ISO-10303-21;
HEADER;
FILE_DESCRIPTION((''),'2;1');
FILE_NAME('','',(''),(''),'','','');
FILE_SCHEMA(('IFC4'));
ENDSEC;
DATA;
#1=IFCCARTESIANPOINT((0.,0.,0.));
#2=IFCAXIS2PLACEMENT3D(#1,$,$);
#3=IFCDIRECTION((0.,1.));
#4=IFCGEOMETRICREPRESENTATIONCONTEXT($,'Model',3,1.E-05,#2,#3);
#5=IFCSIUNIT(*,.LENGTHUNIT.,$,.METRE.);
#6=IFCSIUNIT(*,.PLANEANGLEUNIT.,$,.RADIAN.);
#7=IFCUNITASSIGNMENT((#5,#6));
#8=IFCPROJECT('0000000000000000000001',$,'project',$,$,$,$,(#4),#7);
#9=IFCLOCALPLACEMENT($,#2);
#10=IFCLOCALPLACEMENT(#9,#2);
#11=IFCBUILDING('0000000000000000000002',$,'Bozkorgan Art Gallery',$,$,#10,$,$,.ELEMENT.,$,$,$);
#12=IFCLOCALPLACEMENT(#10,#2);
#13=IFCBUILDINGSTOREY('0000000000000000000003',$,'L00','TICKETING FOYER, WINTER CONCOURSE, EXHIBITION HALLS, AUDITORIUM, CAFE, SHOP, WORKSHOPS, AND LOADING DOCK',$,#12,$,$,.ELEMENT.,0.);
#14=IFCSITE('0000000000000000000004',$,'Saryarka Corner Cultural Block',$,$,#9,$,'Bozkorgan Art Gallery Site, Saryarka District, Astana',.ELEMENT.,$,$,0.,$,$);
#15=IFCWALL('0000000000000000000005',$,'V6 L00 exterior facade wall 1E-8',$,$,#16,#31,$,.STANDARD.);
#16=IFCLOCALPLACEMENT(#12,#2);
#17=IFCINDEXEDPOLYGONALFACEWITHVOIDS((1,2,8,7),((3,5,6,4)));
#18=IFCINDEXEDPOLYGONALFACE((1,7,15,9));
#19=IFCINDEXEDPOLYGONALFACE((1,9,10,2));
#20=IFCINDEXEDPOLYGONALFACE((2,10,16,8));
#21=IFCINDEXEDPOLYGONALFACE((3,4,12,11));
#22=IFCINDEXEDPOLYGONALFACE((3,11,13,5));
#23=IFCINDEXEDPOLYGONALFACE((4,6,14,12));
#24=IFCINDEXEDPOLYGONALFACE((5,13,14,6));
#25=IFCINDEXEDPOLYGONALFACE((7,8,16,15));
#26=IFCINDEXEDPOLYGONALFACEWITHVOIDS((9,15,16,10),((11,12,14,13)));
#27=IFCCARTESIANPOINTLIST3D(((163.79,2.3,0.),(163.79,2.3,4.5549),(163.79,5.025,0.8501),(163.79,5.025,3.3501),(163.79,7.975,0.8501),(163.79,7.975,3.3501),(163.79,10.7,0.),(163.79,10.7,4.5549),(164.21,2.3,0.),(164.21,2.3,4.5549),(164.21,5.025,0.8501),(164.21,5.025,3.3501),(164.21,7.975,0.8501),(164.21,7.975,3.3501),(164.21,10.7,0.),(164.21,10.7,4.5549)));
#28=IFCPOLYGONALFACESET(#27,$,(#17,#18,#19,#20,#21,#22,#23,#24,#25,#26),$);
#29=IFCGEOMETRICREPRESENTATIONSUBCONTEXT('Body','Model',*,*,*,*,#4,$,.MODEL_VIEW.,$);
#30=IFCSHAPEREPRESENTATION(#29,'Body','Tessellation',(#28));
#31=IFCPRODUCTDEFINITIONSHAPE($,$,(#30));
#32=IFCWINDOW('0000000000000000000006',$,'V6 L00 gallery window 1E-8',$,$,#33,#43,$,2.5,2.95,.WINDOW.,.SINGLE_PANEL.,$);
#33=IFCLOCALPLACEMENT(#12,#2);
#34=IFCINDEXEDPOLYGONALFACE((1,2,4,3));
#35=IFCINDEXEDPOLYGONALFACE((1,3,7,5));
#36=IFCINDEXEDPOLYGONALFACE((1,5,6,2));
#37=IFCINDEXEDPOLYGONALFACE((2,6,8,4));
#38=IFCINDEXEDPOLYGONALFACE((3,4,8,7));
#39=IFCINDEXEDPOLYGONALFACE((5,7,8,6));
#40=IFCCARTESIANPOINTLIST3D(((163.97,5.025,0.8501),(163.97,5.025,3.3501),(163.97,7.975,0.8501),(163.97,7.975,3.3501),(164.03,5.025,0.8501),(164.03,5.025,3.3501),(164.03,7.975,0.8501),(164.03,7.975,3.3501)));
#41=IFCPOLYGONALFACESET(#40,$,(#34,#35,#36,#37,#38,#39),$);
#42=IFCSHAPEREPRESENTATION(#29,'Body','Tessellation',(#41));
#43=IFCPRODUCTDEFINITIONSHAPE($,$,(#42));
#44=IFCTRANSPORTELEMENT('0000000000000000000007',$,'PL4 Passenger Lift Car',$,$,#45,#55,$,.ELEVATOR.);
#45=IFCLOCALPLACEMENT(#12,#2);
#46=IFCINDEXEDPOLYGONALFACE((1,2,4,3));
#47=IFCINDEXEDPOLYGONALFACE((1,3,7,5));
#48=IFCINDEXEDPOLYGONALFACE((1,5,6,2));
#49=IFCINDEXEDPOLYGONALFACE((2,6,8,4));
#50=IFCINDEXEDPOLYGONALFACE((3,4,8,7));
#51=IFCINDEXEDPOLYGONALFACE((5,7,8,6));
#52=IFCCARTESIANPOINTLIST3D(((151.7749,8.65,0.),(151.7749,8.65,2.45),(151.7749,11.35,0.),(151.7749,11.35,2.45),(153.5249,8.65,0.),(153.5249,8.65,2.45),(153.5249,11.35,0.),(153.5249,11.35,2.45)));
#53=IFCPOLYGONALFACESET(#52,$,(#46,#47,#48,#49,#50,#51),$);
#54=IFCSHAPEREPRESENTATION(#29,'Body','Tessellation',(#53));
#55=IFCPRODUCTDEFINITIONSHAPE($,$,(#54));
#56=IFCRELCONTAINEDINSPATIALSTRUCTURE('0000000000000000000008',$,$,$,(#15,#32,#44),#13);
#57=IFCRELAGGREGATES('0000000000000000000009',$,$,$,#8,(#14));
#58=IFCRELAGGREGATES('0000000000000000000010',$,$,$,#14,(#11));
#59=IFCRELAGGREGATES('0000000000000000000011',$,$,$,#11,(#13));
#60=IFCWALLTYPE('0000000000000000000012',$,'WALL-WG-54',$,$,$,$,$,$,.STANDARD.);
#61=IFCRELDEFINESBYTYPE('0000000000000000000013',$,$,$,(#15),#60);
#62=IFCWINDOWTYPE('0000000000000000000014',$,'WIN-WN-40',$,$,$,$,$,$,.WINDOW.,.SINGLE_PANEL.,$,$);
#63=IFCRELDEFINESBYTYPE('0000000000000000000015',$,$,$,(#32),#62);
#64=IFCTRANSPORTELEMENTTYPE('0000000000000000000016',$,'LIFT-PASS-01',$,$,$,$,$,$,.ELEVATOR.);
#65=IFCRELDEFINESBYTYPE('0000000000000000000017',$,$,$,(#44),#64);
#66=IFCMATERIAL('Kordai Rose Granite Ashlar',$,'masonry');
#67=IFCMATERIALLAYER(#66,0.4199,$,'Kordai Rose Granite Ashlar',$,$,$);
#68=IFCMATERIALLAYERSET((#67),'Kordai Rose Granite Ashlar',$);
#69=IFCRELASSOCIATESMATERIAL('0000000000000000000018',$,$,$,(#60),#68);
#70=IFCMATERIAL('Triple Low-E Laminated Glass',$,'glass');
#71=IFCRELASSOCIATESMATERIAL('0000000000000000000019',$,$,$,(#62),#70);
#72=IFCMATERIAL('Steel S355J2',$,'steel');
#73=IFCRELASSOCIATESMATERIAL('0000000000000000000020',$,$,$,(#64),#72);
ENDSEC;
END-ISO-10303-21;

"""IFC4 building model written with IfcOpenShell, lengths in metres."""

from ifc_helpers import new_model, si_unit, direction, frame, frame_2d, origin, origin_2d, place, context, subcontext, project, spatial, rectangle, extrude, material, layer, layer_set, type_object, element, fill, save


model = new_model("IFC4")

# Units and contexts
model_context = context("Model", 3, precision=1e-05, world=origin(), true_north=direction((0.0, 1.0)))
body_context = subcontext(model_context, "Body", "Model", "MODEL_VIEW")
ifc_project = project(units=[si_unit("LENGTHUNIT", "METRE"), si_unit("PLANEANGLEUNIT", "RADIAN")], contexts=[model_context])

# Site, building, storey
site_placement = place(None, origin())
site = spatial("IfcSite", under=ifc_project, at=site_placement, Name="Saryarka Corner Cultural Block", LongName="Bozkorgan Art Gallery Site, Saryarka District, Astana", CompositionType="ELEMENT", RefElevation=0.0)
building_placement = place(site_placement, origin())
building = spatial("IfcBuilding", under=site, at=building_placement, Name="Bozkorgan Art Gallery", CompositionType="ELEMENT")
storey_placement = place(building_placement, origin())
storey = spatial("IfcBuildingStorey", under=building, at=storey_placement, Name="L00", Description="TICKETING FOYER, WINTER CONCOURSE, EXHIBITION HALLS, AUDITORIUM, CAFE, SHOP, WORKSHOPS, AND LOADING DOCK", CompositionType="ELEMENT", Elevation=0.0)

# Shared definitions
ifc_material_1 = material(Name="Steel S355J2", Category="steel")

# Shared definitions
ifc_material_2 = material(Name="Kordai Rose Granite Ashlar", Category="masonry")

# Wall, opening, window
ifc_layer_1 = layer(ifc_material_2, 0.4199, Name="Kordai Rose Granite Ashlar")
ifc_layer_set_1 = layer_set([ifc_layer_1], Name="Kordai Rose Granite Ashlar")
wall_type_1 = type_object("IfcWallType", Name="WALL-WG-54", PredefinedType="STANDARD", material=ifc_layer_set_1)
wall_1_placement = place(storey_placement, frame((164.0, 2.3, 0.0), z_axis=(0.0, 0.0, 1.0), x_axis=(0.0, 1.0, 0.0)))
wall_1 = element("IfcWall", 1, at=wall_1_placement, inside=storey, type_object=wall_type_1, Name="V6 L00 exterior facade wall 1E-8", PredefinedType="STANDARD", context=body_context, shape_type="SweptSolid", body=[
    extrude(rectangle(XDim=8.3999, YDim=0.4199, at=frame_2d((4.2, 0.0))), origin(), (0.0, 0.0, 1.0), 4.5549),
])
opening_1_placement = place(wall_1_placement, frame((5.675, 0.0, 0.8501), z_axis=(0.0, 0.0, 1.0), x_axis=(-1.0, 0.0, 0.0)))
opening_1 = element("IfcOpeningElement", 2, at=opening_1_placement, cuts=wall_1, PredefinedType="OPENING", context=body_context, shape_type="SweptSolid", body=[
    extrude(rectangle(XDim=2.95, YDim=2.5, at=frame_2d((1.4751, 1.25))), frame((0.0, 0.22, 0.0), z_axis=(0.0, -1.0, 0.0), x_axis=(1.0, 0.0, 0.0)), (0.0, 0.0, 1.0), 0.4399),
])
ifc_material_3 = material(Name="Triple Low-E Laminated Glass", Category="glass")
window_type = type_object("IfcWindowType", Name="WIN-WN-40", PartitioningType="SINGLE_PANEL", PredefinedType="WINDOW", material=ifc_material_3)
window_placement = place(opening_1_placement, origin())
window = element("IfcWindow", 3, at=window_placement, inside=storey, type_object=window_type, Name="V6 L00 gallery window 1E-8", OverallHeight=2.5, OverallWidth=2.95, PartitioningType="SINGLE_PANEL", PredefinedType="WINDOW", context=body_context, shape_type="SweptSolid", body=[
    extrude(rectangle(XDim=2.95, YDim=2.5, at=frame_2d((1.4751, 1.25))), frame((0.0, 0.03, 0.0), z_axis=(0.0, -1.0, 0.0), x_axis=(1.0, 0.0, 0.0)), (0.0, 0.0, 1.0), 0.0601),
])
fill(opening_1, window)

# Transport element
transport_element_type = type_object("IfcTransportElementType", Name="LIFT-PASS-01", PredefinedType="ELEVATOR", material=ifc_material_1)
transport_element_placement = place(storey_placement, frame((152.6499, 10.0, 0.0), z_axis=(0.0, 0.0, 1.0), x_axis=(1.0, 0.0, 0.0)))
element("IfcTransportElement", 4, at=transport_element_placement, inside=storey, type_object=transport_element_type, Name="PL4 Passenger Lift Car", PredefinedType="ELEVATOR", context=body_context, shape_type="SweptSolid", body=[
    extrude(rectangle(XDim=1.75, YDim=2.7, at=origin_2d()), origin(), (0.0, 0.0, 1.0), 2.45),
])

save(model, "model.ifc")
